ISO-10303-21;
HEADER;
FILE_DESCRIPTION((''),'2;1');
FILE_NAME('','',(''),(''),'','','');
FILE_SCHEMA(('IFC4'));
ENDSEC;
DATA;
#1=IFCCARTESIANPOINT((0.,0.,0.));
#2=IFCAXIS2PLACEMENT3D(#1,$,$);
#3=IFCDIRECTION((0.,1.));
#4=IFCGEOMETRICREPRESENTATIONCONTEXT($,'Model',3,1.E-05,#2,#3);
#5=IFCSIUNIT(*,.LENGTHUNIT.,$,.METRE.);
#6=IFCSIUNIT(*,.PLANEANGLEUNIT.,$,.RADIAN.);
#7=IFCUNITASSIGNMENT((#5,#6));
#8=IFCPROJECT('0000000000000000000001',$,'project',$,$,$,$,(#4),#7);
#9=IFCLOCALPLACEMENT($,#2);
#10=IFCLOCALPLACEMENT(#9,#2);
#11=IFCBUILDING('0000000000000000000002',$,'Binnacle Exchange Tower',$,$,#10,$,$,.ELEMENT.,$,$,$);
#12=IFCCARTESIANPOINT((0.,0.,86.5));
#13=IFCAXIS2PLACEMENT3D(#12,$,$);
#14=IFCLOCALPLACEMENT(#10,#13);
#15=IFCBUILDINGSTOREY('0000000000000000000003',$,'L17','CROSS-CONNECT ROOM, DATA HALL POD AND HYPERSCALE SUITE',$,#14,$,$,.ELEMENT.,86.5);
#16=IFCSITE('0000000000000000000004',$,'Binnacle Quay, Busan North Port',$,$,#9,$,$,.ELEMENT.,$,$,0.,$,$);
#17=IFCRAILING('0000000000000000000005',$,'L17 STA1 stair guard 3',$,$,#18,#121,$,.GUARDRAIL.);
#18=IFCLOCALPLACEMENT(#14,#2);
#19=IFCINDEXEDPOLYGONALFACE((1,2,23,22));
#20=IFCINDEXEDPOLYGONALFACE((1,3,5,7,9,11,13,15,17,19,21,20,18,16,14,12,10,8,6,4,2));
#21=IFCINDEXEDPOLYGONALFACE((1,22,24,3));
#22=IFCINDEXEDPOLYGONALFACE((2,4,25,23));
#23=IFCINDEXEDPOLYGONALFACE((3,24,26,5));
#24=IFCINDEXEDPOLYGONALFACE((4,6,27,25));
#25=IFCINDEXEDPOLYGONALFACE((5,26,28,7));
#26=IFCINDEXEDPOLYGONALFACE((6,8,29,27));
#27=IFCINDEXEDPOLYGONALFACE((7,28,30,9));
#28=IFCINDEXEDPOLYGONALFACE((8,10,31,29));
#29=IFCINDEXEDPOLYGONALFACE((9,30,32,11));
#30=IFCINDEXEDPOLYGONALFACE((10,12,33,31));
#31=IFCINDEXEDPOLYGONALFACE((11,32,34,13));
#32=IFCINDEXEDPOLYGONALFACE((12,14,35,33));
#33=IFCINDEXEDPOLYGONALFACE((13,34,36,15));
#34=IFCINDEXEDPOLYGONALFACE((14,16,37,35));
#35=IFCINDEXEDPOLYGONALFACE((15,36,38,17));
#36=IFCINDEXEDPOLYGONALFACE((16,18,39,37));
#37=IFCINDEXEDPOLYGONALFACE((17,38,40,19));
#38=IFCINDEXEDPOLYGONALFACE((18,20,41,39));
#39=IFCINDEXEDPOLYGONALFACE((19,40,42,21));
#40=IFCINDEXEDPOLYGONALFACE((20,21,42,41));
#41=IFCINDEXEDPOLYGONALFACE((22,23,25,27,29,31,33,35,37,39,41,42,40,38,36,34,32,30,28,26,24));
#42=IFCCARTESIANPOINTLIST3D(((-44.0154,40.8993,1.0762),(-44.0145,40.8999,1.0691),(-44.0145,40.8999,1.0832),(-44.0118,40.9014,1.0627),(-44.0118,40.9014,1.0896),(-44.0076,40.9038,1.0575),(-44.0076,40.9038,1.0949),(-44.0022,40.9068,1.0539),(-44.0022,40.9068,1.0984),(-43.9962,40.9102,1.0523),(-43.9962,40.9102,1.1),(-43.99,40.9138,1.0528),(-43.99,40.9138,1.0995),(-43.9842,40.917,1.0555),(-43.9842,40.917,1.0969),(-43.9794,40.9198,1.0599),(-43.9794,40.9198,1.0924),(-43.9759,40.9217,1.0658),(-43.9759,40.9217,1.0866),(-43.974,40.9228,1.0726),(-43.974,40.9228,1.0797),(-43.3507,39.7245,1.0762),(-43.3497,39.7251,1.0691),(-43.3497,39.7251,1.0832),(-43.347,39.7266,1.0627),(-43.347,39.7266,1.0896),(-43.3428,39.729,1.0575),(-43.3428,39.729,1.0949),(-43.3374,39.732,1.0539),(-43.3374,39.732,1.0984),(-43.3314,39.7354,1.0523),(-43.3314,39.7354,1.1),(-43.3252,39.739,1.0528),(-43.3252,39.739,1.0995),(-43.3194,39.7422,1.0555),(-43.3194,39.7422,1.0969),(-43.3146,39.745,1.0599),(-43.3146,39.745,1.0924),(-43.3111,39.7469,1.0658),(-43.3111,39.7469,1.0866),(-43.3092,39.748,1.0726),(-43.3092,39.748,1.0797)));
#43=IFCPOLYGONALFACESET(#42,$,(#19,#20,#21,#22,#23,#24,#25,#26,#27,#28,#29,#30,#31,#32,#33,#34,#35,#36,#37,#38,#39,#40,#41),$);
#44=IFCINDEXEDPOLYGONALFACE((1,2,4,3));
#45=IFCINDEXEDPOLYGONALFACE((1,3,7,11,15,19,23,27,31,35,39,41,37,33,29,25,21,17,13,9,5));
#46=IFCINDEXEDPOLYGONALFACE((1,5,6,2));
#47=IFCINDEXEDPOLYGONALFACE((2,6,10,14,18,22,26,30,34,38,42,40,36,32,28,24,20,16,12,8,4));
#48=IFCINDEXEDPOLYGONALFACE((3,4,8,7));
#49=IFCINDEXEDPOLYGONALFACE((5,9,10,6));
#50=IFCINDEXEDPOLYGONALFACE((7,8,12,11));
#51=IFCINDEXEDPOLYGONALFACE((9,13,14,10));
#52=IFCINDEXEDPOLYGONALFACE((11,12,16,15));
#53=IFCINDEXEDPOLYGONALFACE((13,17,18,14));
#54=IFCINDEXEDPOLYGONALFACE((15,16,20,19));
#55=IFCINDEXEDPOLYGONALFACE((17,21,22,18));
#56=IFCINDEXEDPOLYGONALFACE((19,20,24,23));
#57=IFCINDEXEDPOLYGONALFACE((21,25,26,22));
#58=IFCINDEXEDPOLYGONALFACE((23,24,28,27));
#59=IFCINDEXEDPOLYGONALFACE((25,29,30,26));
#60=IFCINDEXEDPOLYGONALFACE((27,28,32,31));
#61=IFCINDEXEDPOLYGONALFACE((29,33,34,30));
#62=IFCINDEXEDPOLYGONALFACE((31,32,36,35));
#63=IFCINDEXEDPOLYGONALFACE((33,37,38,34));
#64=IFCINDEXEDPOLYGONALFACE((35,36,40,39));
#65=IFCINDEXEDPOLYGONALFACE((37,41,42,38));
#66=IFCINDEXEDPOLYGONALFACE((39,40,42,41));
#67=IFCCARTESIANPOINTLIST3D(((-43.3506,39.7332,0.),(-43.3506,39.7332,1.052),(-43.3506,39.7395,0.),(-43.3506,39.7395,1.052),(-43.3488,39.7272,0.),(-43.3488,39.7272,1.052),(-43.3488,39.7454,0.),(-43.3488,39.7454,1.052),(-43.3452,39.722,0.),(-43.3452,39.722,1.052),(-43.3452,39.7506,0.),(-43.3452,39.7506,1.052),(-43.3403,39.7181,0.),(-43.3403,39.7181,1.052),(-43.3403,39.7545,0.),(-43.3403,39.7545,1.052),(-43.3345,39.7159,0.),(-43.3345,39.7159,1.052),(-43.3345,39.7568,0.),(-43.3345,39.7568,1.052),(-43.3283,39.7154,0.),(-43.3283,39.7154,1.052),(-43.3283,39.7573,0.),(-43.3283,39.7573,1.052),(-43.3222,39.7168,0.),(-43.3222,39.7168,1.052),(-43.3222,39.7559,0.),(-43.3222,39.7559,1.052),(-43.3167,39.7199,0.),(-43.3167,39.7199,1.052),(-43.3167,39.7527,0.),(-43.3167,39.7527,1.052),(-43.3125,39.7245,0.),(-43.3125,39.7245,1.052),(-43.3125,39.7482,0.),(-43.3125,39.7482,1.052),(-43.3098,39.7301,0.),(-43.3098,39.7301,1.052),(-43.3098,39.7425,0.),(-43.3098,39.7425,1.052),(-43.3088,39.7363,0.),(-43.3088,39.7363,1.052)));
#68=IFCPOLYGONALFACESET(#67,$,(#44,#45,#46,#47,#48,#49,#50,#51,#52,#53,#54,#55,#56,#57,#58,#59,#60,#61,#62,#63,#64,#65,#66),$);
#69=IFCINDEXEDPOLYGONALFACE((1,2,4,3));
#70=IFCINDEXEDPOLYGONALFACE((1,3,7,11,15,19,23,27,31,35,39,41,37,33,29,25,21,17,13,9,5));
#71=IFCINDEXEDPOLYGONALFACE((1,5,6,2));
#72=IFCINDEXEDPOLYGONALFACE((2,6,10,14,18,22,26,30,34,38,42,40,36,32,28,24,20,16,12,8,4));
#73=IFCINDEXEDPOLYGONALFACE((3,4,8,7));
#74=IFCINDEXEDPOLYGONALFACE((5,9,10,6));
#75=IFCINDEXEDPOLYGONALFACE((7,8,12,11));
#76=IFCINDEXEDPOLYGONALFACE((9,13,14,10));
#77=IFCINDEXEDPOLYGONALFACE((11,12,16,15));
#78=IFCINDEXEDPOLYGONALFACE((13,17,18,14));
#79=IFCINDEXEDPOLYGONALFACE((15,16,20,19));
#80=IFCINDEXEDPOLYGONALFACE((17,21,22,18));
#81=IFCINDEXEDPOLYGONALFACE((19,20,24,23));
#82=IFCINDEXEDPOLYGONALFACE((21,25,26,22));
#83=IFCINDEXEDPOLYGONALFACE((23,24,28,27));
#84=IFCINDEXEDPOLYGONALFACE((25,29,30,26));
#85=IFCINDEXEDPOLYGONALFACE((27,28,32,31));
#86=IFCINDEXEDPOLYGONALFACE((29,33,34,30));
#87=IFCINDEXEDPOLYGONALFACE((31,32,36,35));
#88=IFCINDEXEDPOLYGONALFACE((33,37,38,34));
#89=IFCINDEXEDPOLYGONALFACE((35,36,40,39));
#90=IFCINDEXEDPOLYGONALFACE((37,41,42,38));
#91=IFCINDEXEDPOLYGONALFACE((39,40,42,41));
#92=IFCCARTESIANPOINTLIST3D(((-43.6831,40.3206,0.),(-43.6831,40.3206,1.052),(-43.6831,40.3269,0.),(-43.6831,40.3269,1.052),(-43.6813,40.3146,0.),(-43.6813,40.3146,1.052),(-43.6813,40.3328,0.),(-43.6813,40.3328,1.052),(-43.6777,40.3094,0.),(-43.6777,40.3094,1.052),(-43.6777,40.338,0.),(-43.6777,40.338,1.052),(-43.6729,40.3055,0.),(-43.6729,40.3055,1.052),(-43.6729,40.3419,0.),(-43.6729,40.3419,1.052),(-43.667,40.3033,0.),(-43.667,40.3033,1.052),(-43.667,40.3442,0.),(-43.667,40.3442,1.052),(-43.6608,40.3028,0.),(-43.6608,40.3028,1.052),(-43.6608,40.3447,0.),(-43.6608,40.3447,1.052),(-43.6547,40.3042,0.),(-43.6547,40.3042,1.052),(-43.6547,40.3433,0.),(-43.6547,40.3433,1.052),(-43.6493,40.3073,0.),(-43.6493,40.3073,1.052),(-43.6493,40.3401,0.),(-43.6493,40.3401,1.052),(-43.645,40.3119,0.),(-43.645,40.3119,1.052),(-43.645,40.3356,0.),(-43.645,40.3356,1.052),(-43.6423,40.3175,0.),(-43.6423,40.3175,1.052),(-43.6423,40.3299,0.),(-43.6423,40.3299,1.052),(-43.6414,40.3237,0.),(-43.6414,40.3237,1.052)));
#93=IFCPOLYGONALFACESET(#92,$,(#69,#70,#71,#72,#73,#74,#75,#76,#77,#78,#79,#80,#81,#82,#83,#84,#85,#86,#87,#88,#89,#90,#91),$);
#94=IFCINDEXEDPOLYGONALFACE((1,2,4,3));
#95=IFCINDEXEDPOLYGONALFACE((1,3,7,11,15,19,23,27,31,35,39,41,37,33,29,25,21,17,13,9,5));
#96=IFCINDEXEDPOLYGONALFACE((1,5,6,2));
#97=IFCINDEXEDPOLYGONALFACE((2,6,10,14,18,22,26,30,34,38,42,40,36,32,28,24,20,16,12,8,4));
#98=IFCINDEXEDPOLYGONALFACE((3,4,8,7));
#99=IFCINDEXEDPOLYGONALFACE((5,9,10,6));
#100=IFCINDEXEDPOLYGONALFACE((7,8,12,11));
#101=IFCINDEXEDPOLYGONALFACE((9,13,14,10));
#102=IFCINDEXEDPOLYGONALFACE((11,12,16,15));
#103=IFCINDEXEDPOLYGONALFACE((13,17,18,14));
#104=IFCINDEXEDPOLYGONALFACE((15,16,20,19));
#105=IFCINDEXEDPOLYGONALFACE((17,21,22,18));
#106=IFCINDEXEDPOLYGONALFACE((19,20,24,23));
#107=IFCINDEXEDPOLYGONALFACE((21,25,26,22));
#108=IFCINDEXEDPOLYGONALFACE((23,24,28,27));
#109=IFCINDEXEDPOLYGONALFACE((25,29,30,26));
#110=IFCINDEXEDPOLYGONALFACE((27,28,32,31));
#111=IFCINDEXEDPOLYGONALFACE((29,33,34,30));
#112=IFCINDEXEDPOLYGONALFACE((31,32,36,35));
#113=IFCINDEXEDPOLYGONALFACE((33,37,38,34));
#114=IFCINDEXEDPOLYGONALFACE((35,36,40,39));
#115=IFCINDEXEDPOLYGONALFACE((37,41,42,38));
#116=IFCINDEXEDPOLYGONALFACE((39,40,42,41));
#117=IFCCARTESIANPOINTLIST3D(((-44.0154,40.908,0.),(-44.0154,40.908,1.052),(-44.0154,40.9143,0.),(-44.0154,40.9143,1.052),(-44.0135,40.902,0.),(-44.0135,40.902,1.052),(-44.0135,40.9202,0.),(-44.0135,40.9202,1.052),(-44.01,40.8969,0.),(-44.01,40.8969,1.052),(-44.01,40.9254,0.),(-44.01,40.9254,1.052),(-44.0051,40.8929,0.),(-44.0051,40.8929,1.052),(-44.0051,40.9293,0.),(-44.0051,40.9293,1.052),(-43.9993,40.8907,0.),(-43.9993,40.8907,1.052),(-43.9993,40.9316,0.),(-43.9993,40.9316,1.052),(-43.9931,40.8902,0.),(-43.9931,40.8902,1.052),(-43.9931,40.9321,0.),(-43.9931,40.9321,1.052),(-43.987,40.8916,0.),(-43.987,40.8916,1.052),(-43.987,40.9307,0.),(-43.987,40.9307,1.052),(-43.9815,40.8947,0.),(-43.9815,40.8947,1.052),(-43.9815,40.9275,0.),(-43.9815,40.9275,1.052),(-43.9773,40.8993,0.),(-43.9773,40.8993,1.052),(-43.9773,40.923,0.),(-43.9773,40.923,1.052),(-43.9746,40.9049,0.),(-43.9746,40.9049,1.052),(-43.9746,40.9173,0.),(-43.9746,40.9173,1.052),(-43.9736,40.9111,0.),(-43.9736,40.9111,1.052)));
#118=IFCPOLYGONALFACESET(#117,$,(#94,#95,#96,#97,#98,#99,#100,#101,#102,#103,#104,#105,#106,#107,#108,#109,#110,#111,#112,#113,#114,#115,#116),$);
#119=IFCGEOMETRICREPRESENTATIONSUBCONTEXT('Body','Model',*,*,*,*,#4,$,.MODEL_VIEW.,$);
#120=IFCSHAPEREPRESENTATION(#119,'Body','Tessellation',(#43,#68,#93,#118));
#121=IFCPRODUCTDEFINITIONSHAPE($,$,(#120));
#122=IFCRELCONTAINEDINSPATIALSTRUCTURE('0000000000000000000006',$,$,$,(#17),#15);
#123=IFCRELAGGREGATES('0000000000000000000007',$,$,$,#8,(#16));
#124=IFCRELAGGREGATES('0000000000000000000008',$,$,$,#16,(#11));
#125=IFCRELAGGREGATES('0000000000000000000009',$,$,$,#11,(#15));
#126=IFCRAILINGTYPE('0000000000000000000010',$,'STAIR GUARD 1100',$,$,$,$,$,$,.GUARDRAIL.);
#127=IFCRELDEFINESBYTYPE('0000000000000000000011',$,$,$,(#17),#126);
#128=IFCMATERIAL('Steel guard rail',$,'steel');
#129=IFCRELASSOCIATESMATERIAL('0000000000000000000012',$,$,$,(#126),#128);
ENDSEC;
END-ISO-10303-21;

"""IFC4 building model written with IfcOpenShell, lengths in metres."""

from ifc_helpers import new_model, si_unit, direction, frame, origin, origin_2d, place, context, subcontext, project, spatial, circle, extrude, material, type_object, element, save


model = new_model("IFC4")

# Units and contexts
model_context = context("Model", 3, precision=1e-05, world=origin(), true_north=direction((0.0, 1.0)))
body_context = subcontext(model_context, "Body", "Model", "MODEL_VIEW")
ifc_project = project(units=[si_unit("LENGTHUNIT", "METRE"), si_unit("PLANEANGLEUNIT", "RADIAN")], contexts=[model_context])

# Site, building, storey
site_placement = place(None, origin())
site = spatial("IfcSite", under=ifc_project, at=site_placement, Name="Binnacle Quay, Busan North Port", CompositionType="ELEMENT", RefElevation=0.0)
building_placement = place(site_placement, origin())
building = spatial("IfcBuilding", under=site, at=building_placement, Name="Binnacle Exchange Tower", CompositionType="ELEMENT")
storey_placement = place(building_placement, frame((0.0, 0.0, 86.5)))
storey = spatial("IfcBuildingStorey", under=building, at=storey_placement, Name="L17", Description="CROSS-CONNECT ROOM, DATA HALL POD AND HYPERSCALE SUITE", CompositionType="ELEMENT", Elevation=86.5)

# Railing
ifc_material_1 = material(Name="Steel guard rail", Category="steel")
railing_type = type_object("IfcRailingType", Name="STAIR GUARD 1100", PredefinedType="GUARDRAIL", material=ifc_material_1)
railing_1_placement = place(storey_placement, frame((-43.3298, 39.7363, 0.0)))
element("IfcRailing", 1, at=railing_1_placement, inside=storey, type_object=railing_type, Name="L17 STA1 stair guard 3", PredefinedType="GUARDRAIL", context=body_context, shape_type="SweptSolid", body=[
    extrude(circle(Radius=0.0239, at=origin_2d()), frame((0.0, 0.0, 1.0762), z_axis=(-0.492492, 0.870317, 0.0), x_axis=(-0.870317, -0.492492, 0.0)), (0.0, 0.0, 1.0), 1.3499),
    extrude(circle(Radius=0.021, at=origin_2d()), origin(), (0.0, 0.0, 1.0), 1.052),
    extrude(circle(Radius=0.021, at=origin_2d()), frame((-0.3325, 0.5874, 0.0)), (0.0, 0.0, 1.0), 1.052),
    extrude(circle(Radius=0.021, at=origin_2d()), frame((-0.6648, 1.1748, 0.0)), (0.0, 0.0, 1.0), 1.052),
])

save(model, "model.ifc")
